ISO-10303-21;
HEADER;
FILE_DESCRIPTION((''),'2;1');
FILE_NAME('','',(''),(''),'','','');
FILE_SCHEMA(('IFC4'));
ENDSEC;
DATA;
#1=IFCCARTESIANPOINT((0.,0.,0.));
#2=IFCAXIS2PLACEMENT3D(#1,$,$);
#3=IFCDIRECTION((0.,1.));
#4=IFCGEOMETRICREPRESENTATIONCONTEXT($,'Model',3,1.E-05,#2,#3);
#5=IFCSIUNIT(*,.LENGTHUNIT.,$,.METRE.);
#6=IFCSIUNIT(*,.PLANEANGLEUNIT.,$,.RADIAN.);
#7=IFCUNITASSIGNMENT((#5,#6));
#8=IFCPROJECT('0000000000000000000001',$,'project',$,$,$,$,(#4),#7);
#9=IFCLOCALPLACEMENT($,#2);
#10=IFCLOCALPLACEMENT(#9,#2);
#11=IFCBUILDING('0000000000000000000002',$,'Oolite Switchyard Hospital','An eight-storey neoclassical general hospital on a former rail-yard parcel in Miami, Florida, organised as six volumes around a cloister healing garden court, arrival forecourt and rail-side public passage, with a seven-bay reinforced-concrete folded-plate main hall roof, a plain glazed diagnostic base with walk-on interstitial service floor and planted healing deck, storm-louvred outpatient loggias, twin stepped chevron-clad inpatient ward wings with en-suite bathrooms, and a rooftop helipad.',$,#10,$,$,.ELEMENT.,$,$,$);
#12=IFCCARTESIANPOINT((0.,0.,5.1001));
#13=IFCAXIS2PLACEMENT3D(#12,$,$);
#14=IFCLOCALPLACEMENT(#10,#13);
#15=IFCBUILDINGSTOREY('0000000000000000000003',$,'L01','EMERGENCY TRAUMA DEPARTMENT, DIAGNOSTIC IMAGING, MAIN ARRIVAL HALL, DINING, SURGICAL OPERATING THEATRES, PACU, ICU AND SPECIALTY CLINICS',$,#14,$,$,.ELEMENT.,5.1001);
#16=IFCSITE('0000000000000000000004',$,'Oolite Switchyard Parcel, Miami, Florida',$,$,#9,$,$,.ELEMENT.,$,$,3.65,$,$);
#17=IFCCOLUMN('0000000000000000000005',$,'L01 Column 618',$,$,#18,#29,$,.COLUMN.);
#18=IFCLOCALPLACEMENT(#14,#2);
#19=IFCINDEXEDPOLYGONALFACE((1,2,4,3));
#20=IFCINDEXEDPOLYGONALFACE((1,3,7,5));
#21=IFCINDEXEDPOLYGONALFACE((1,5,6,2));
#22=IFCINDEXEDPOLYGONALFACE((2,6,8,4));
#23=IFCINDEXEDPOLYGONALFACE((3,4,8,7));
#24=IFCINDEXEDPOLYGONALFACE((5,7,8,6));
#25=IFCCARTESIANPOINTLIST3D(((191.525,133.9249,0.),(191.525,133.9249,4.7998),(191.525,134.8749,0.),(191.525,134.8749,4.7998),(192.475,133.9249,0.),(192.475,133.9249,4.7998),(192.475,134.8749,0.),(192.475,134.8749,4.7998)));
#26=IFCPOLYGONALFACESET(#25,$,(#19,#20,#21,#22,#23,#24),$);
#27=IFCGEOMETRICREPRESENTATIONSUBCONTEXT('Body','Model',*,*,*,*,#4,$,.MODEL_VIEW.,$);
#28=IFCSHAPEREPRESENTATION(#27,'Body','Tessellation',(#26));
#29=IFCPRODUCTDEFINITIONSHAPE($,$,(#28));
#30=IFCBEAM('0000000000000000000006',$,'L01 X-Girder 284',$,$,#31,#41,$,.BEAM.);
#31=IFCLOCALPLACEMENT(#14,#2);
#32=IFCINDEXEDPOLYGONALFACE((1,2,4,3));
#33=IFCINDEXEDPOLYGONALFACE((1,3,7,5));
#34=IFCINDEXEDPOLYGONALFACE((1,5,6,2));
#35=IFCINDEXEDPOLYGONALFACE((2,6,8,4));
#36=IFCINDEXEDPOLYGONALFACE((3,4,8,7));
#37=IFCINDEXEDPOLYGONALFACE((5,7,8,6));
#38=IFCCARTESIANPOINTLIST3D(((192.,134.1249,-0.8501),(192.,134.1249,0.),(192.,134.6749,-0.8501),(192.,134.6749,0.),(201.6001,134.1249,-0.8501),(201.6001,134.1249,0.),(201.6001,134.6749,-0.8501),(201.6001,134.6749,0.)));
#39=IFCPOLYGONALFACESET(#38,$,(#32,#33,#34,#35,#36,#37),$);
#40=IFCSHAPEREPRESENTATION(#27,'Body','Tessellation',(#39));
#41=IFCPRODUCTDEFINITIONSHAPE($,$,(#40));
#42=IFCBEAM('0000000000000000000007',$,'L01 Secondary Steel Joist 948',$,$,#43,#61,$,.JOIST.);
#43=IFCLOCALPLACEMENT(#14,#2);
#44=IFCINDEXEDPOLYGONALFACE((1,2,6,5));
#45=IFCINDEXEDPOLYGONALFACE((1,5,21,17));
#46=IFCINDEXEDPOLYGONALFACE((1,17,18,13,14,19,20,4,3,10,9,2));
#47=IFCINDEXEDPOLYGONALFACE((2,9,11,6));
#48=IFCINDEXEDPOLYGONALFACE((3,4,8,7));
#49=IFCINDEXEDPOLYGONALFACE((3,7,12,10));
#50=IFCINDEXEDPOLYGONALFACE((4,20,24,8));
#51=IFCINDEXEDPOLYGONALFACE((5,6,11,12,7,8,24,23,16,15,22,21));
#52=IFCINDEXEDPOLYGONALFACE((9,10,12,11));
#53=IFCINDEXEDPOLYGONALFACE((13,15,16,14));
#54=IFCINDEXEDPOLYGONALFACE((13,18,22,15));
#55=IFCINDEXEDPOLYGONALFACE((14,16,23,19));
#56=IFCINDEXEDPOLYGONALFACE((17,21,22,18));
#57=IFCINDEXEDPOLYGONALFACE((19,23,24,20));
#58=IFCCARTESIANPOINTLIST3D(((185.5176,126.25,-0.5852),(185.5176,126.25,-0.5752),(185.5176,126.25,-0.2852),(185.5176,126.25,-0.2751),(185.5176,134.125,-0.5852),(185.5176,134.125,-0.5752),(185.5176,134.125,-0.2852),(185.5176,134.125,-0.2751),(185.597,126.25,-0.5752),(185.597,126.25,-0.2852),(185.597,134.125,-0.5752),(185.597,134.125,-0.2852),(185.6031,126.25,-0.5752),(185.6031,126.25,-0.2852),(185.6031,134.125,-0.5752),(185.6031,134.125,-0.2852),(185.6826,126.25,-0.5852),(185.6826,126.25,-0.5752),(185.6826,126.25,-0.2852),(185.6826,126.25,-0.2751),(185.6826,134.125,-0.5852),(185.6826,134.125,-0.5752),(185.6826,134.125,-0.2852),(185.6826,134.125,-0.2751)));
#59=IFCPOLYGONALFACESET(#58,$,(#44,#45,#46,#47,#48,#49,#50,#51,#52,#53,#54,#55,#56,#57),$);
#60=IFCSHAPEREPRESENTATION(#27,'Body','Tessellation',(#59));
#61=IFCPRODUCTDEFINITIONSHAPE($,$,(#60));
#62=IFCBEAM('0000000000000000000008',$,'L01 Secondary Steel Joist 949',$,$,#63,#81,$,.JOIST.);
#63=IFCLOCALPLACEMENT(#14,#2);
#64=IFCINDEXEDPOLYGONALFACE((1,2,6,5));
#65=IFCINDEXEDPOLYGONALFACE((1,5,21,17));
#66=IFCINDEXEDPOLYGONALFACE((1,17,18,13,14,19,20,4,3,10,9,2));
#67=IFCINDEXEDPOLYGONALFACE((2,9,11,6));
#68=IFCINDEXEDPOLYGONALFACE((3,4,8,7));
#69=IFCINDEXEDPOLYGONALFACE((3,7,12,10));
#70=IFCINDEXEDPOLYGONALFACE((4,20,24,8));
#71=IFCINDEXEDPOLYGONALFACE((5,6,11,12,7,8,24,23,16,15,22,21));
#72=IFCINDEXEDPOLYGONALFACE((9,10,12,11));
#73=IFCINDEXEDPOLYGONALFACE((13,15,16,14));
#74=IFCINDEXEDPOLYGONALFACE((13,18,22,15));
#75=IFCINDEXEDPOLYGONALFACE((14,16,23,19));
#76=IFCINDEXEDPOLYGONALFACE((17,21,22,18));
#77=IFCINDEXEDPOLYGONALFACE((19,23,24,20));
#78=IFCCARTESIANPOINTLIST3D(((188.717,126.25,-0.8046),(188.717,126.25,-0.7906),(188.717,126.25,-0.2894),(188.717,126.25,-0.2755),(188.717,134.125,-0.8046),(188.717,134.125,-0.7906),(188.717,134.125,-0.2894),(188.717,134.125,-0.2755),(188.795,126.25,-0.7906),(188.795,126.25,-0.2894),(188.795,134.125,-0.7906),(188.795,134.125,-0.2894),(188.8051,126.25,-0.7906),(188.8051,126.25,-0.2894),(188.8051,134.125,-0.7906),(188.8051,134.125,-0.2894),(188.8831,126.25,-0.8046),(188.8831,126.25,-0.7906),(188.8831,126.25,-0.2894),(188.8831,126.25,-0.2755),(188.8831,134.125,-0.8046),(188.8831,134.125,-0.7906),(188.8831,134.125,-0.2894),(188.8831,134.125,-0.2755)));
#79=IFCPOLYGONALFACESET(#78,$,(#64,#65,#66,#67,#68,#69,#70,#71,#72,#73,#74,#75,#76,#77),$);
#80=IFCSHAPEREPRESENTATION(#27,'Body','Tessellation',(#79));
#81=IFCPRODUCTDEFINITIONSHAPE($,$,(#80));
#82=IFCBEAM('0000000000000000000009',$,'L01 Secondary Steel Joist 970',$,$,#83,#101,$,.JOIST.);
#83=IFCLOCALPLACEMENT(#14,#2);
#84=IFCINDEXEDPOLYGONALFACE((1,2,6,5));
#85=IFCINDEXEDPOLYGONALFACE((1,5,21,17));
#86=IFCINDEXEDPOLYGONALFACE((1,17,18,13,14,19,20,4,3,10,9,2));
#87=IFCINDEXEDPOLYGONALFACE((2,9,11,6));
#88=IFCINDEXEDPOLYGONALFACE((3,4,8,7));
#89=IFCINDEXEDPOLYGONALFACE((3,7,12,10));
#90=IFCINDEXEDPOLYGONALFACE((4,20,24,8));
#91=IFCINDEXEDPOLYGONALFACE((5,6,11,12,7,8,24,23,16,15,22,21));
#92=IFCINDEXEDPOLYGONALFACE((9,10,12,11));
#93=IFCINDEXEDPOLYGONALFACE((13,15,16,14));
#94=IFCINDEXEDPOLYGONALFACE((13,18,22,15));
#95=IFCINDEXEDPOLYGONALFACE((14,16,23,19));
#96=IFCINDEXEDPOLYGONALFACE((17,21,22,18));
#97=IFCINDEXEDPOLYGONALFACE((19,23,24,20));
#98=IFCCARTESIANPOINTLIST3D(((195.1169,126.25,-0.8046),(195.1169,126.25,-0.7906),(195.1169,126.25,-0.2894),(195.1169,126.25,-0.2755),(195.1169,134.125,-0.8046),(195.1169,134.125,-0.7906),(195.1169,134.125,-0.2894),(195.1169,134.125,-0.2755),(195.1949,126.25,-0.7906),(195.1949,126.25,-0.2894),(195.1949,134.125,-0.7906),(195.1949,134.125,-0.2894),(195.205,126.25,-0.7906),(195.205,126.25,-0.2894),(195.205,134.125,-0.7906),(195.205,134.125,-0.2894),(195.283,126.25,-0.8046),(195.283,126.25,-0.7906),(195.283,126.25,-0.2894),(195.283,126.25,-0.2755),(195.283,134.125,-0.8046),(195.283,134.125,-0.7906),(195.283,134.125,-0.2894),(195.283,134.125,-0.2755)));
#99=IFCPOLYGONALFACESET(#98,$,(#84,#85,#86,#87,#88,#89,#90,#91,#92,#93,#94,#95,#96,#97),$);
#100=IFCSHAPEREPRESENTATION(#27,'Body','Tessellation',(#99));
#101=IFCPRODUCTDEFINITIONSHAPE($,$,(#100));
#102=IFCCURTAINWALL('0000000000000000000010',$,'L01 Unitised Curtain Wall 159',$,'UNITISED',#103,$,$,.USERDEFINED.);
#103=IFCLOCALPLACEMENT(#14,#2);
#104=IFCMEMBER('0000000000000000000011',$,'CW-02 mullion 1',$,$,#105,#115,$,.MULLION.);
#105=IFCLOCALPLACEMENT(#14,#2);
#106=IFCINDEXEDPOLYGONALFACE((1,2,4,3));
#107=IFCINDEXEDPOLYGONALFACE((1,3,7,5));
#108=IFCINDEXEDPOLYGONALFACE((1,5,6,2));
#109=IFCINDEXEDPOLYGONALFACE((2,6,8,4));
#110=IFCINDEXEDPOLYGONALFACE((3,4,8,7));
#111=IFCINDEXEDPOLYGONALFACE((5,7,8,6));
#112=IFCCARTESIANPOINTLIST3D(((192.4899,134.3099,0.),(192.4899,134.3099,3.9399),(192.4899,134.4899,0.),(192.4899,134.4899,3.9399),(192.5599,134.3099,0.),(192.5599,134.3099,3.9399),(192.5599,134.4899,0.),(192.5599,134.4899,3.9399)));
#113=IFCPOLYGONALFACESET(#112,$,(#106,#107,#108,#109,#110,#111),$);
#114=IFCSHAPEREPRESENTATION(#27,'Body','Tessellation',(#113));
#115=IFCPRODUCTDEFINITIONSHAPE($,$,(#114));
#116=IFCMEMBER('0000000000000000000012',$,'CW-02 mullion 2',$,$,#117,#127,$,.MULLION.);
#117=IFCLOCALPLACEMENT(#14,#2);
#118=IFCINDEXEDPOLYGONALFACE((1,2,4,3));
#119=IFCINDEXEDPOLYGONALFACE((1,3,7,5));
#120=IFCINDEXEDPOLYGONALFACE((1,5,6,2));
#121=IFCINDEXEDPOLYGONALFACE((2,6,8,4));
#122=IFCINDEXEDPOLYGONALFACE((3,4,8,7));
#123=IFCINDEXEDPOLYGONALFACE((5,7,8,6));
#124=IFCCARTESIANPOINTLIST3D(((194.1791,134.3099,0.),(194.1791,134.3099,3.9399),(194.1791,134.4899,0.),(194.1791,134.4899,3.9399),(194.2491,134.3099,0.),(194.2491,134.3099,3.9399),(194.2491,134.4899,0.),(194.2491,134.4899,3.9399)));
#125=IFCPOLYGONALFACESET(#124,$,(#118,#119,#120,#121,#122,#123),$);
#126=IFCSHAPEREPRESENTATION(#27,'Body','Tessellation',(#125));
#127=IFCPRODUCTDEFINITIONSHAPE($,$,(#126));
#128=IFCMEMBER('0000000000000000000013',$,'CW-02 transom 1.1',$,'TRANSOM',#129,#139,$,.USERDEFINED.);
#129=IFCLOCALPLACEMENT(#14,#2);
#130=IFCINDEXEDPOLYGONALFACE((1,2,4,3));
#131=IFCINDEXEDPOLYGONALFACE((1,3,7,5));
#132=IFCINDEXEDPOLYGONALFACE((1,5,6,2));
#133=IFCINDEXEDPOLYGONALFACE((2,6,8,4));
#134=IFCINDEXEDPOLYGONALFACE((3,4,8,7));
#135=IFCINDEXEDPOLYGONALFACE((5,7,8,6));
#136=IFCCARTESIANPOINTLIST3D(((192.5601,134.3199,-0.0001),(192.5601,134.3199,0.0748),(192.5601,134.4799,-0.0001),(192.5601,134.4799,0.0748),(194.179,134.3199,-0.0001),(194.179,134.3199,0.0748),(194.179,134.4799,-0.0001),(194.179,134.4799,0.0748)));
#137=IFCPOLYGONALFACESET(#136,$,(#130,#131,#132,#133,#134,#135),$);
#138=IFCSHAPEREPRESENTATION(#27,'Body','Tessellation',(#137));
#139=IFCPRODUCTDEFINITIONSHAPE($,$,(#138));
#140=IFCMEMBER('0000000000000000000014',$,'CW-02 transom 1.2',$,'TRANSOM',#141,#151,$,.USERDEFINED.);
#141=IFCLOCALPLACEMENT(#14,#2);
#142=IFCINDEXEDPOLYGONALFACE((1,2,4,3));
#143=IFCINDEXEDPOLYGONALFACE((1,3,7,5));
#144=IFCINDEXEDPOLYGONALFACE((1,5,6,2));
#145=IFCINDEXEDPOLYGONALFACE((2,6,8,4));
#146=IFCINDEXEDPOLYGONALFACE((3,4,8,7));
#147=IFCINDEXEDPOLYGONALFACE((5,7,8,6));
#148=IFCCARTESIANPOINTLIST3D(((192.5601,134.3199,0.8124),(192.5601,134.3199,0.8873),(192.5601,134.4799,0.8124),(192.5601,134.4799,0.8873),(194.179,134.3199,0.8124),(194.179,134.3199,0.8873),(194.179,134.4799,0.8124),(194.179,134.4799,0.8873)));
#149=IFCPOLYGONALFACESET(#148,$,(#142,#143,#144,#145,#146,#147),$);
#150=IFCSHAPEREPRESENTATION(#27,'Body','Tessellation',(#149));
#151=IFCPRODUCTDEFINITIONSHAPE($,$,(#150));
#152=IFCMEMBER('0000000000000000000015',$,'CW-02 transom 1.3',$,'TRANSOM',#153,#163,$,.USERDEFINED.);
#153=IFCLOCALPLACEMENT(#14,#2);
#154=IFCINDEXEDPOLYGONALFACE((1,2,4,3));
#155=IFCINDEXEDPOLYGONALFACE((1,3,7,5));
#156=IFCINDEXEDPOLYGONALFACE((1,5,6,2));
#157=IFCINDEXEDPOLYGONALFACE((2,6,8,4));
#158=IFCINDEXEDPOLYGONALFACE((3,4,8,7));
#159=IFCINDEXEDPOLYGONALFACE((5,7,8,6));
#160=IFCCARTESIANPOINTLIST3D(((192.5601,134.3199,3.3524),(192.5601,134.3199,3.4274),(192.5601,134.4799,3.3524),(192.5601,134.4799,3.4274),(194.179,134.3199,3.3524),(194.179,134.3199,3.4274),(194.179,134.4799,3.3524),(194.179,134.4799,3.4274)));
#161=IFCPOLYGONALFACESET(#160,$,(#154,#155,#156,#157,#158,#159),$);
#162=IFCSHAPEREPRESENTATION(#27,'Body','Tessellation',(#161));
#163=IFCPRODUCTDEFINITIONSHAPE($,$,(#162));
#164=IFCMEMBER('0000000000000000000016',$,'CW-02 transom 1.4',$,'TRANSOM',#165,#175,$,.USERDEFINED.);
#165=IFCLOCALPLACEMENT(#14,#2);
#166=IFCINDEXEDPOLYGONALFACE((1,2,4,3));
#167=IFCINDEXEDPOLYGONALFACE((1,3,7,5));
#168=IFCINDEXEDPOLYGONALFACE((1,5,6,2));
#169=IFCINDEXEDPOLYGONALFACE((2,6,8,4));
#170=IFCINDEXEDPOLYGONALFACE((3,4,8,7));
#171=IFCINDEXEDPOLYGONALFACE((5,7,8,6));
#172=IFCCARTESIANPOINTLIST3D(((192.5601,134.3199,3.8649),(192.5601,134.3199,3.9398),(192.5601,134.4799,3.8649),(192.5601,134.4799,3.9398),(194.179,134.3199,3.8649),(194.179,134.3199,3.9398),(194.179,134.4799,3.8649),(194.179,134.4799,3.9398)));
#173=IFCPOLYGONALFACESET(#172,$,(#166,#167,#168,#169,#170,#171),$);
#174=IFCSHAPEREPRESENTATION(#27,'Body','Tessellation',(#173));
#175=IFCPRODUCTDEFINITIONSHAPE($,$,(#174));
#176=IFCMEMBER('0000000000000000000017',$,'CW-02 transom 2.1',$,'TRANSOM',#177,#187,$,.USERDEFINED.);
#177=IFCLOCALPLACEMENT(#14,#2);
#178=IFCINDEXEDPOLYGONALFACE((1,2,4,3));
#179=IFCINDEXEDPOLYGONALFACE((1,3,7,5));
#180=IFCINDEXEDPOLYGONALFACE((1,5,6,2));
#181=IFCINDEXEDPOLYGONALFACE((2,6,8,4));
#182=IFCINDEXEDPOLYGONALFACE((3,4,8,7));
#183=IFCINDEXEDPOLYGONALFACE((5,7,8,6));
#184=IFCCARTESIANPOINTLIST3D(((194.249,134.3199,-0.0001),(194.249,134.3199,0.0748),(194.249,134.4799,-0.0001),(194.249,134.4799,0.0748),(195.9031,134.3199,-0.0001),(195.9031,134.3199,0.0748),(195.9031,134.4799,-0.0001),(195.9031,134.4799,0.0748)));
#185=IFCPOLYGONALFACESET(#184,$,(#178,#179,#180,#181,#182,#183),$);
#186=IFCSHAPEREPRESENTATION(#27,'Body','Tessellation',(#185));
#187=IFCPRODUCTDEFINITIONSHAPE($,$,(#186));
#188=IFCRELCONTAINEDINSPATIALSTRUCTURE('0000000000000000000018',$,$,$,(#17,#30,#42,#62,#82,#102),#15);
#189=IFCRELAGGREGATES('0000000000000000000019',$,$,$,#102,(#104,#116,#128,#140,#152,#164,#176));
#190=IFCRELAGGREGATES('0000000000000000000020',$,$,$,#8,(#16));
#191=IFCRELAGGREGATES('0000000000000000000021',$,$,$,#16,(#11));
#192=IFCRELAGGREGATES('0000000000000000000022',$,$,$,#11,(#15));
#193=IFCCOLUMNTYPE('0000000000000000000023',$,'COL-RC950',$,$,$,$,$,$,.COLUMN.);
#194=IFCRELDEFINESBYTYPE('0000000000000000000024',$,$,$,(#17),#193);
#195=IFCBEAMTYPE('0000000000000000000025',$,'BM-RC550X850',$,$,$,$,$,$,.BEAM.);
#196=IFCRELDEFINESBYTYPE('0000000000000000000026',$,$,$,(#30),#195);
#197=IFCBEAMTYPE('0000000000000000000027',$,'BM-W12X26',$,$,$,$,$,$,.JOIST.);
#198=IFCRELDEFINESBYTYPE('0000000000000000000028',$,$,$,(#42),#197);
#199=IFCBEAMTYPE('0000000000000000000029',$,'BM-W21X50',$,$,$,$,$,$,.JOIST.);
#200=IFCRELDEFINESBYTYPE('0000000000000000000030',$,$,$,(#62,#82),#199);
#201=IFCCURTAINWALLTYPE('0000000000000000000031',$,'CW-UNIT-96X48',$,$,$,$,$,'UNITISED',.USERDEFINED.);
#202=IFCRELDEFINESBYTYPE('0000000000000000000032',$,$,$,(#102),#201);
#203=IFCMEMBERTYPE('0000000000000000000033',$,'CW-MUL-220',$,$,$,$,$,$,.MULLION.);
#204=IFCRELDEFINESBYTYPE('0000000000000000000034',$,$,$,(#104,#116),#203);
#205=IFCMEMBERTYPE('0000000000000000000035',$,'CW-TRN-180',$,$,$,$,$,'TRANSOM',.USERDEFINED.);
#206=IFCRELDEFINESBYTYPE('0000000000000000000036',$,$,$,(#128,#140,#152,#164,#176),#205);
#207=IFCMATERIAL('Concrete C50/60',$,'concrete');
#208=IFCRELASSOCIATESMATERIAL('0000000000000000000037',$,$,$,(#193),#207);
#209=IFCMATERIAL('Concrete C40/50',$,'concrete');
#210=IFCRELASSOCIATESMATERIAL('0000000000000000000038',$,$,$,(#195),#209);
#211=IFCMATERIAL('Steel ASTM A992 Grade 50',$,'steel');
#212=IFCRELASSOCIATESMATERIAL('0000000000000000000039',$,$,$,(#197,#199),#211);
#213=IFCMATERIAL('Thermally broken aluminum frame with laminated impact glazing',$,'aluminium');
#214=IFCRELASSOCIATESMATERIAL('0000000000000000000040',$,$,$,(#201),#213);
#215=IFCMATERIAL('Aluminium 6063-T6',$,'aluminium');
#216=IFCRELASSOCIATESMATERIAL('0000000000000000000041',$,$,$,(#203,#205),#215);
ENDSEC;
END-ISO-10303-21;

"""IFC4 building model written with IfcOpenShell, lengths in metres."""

from ifc_helpers import new_model, si_unit, direction, frame, origin, origin_2d, place, context, subcontext, project, spatial, rectangle, i_section, extrude, material, material_profile, profile_set, type_object, element, aggregate, save


model = new_model("IFC4")

# Units and contexts
model_context = context("Model", 3, precision=1e-05, world=origin(), true_north=direction((0.0, 1.0)))
body_context = subcontext(model_context, "Body", "Model", "MODEL_VIEW")
ifc_project = project(units=[si_unit("LENGTHUNIT", "METRE"), si_unit("PLANEANGLEUNIT", "RADIAN")], contexts=[model_context])

# Site, building, storey
site_placement = place(None, origin())
site = spatial("IfcSite", under=ifc_project, at=site_placement, Name="Oolite Switchyard Parcel, Miami, Florida", CompositionType="ELEMENT", RefElevation=3.65)
building_placement = place(site_placement, origin())
building = spatial("IfcBuilding", under=site, at=building_placement, Name="Oolite Switchyard Hospital", Description="An eight-storey neoclassical general hospital on a former rail-yard parcel in Miami, Florida, organised as six volumes around a cloister healing garden court, arrival forecourt and rail-side public passage, with a seven-bay reinforced-concrete folded-plate main hall roof, a plain glazed diagnostic base with walk-on interstitial service floor and planted healing deck, storm-louvred outpatient loggias, twin stepped chevron-clad inpatient ward wings with en-suite bathrooms, and a rooftop helipad.", CompositionType="ELEMENT")
storey_placement = place(building_placement, frame((0.0, 0.0, 5.1001)))
storey = spatial("IfcBuildingStorey", under=building, at=storey_placement, Name="L01", Description="EMERGENCY TRAUMA DEPARTMENT, DIAGNOSTIC IMAGING, MAIN ARRIVAL HALL, DINING, SURGICAL OPERATING THEATRES, PACU, ICU AND SPECIALTY CLINICS", CompositionType="ELEMENT", Elevation=5.1001)

# Column
ifc_material_1 = material(Name="Concrete C50/60", Category="concrete")
ifc_material_profile_1 = material_profile(ifc_material_1, rectangle(XDim=0.95, YDim=0.95, at=origin_2d()), Name="RC950X950")
ifc_profile_set_1 = profile_set([ifc_material_profile_1], Name="Concrete C50/60")
column_type = type_object("IfcColumnType", Name="COL-RC950", PredefinedType="COLUMN", material=ifc_profile_set_1)
column_placement = place(storey_placement, frame((192.0, 134.3999, 0.0), z_axis=(0.0, 0.0, 1.0), x_axis=(1.0, 0.0, 0.0)))
element("IfcColumn", 1, at=column_placement, inside=storey, type_object=column_type, Name="L01 Column 618", PredefinedType="COLUMN", context=body_context, shape_type="SweptSolid", body=[
    extrude(rectangle(XDim=0.95, YDim=0.95, at=origin_2d()), origin(), (0.0, 0.0, 1.0), 4.7998),
])

# Beams
ifc_material_2 = material(Name="Concrete C40/50", Category="concrete")
ifc_material_profile_2 = material_profile(ifc_material_2, rectangle(XDim=0.55, YDim=0.8501, at=origin_2d()), Name="RCB550X850")
ifc_profile_set_2 = profile_set([ifc_material_profile_2], Name="Concrete C40/50")
beam_type_1 = type_object("IfcBeamType", Name="BM-RC550X850", PredefinedType="BEAM", material=ifc_profile_set_2)
beam_1_placement = place(storey_placement, frame((192.0, 134.3999, -0.425), z_axis=(1.0, 0.0, 0.0), x_axis=(0.0, 1.0, 0.0)))
element("IfcBeam", 2, at=beam_1_placement, inside=storey, type_object=beam_type_1, Name="L01 X-Girder 284", PredefinedType="BEAM", context=body_context, shape_type="SweptSolid", body=[
    extrude(rectangle(XDim=0.55, YDim=0.8501, at=origin_2d()), origin(), (0.0, 0.0, 1.0), 9.6001),
])
ifc_material_3 = material(Name="Steel ASTM A992 Grade 50", Category="steel")
ifc_material_profile_3 = material_profile(ifc_material_3, i_section(OverallWidth=0.165, OverallDepth=0.3101, WebThickness=0.0061, FlangeThickness=0.01, at=origin_2d()), Name="W12X26")
ifc_profile_set_3 = profile_set([ifc_material_profile_3], Name="Steel ASTM A992 Grade 50")
beam_type_2 = type_object("IfcBeamType", Name="BM-W12X26", PredefinedType="JOIST", material=ifc_profile_set_3)
beam_2_placement = place(storey_placement, frame((185.6001, 126.25, -0.4302), z_axis=(0.0, 1.0, 0.0), x_axis=(-1.0, 0.0, 0.0)))
element("IfcBeam", 3, at=beam_2_placement, inside=storey, type_object=beam_type_2, Name="L01 Secondary Steel Joist 948", PredefinedType="JOIST", context=body_context, shape_type="SweptSolid", body=[
    extrude(i_section(OverallWidth=0.165, OverallDepth=0.3101, WebThickness=0.0061, FlangeThickness=0.01, at=origin_2d()), origin(), (0.0, 0.0, 1.0), 7.875),
])
ifc_material_profile_4 = material_profile(ifc_material_3, i_section(OverallWidth=0.166, OverallDepth=0.5291, WebThickness=0.01, FlangeThickness=0.0139, at=origin_2d()), Name="W21X50")
ifc_profile_set_4 = profile_set([ifc_material_profile_4], Name="Steel ASTM A992 Grade 50")
beam_type_3 = type_object("IfcBeamType", Name="BM-W21X50", PredefinedType="JOIST", material=ifc_profile_set_4)
for number, where, z_axis, x_axis, name in (
    (4, (188.8, 126.25, -0.54), (0.0, 1.0, 0.0), (-1.0, 0.0, 0.0), "L01 Secondary Steel Joist 949"),
    (5, (195.2, 126.25, -0.54), (0.0, 1.0, 0.0), (-1.0, 0.0, 0.0), "L01 Secondary Steel Joist 970"),
):
    element("IfcBeam", number, at=place(storey_placement, frame(where, z_axis=z_axis, x_axis=x_axis)), inside=storey, type_object=beam_type_3, Name=name, PredefinedType="JOIST", context=body_context, shape_type="SweptSolid", body=[
        extrude(i_section(OverallWidth=0.166, OverallDepth=0.5291, WebThickness=0.01, FlangeThickness=0.0139, at=origin_2d()), origin(), (0.0, 0.0, 1.0), 7.875),
    ])

# Curtain wall, members
ifc_material_4 = material(Name="Thermally broken aluminum frame with laminated impact glazing", Category="aluminium")
curtain_wall_type = type_object("IfcCurtainWallType", Name="CW-UNIT-96X48", ElementType="UNITISED", PredefinedType="USERDEFINED", material=ifc_material_4)
curtain_wall_placement = place(storey_placement, origin())
curtain_wall = element("IfcCurtainWall", 6, at=curtain_wall_placement, inside=storey, type_object=curtain_wall_type, Name="L01 Unitised Curtain Wall 159", ObjectType="UNITISED", PredefinedType="USERDEFINED")
ifc_material_5 = material(Name="Aluminium 6063-T6", Category="aluminium")
ifc_material_profile_5 = material_profile(ifc_material_5, rectangle(XDim=0.1799, YDim=0.0701, at=origin_2d()), Name="CWM70X180")
ifc_profile_set_5 = profile_set([ifc_material_profile_5], Name="Aluminium 6063-T6")
member_type_1 = type_object("IfcMemberType", Name="CW-MUL-220", PredefinedType="MULLION", material=ifc_profile_set_5)
member_1_placement = place(storey_placement, frame((192.5249, 134.3999, 0.0), z_axis=(0.0, 0.0, 1.0), x_axis=(0.0, 1.0, 0.0)))
member_1 = element("IfcMember", 7, at=member_1_placement, type_object=member_type_1, Name="CW-02 mullion 1", PredefinedType="MULLION", context=body_context, shape_type="SweptSolid", body=[
    extrude(rectangle(XDim=0.1799, YDim=0.0701, at=origin_2d()), origin(), (0.0, 0.0, 1.0), 3.9399),
])
member_2_placement = place(storey_placement, frame((194.2141, 134.3999, 0.0), z_axis=(0.0, 0.0, 1.0), x_axis=(0.0, 1.0, 0.0)))
member_2 = element("IfcMember", 8, at=member_2_placement, type_object=member_type_1, Name="CW-02 mullion 2", PredefinedType="MULLION", context=body_context, shape_type="SweptSolid", body=[
    extrude(rectangle(XDim=0.1799, YDim=0.0701, at=origin_2d()), origin(), (0.0, 0.0, 1.0), 3.9399),
])
ifc_material_profile_6 = material_profile(ifc_material_5, rectangle(XDim=0.1599, YDim=0.075, at=origin_2d()), Name="CWT75X160")
ifc_profile_set_6 = profile_set([ifc_material_profile_6], Name="Aluminium 6063-T6")
member_type_2 = type_object("IfcMemberType", Name="CW-TRN-180", ElementType="TRANSOM", PredefinedType="USERDEFINED", material=ifc_profile_set_6)
member_3_placement = place(storey_placement, frame((192.5601, 134.3999, 0.0374), z_axis=(1.0, 0.0, 0.0), x_axis=(0.0, 1.0, 0.0)))
member_3 = element("IfcMember", 9, at=member_3_placement, type_object=member_type_2, Name="CW-02 transom 1.1", ObjectType="TRANSOM", PredefinedType="USERDEFINED", context=body_context, shape_type="SweptSolid", body=[
    extrude(rectangle(XDim=0.1599, YDim=0.075, at=origin_2d()), origin(), (0.0, 0.0, 1.0), 1.6189),
])
member_4_placement = place(storey_placement, frame((192.5601, 134.3999, 0.8499), z_axis=(1.0, 0.0, 0.0), x_axis=(0.0, 1.0, 0.0)))
member_4 = element("IfcMember", 10, at=member_4_placement, type_object=member_type_2, Name="CW-02 transom 1.2", ObjectType="TRANSOM", PredefinedType="USERDEFINED", context=body_context, shape_type="SweptSolid", body=[
    extrude(rectangle(XDim=0.1599, YDim=0.075, at=origin_2d()), origin(), (0.0, 0.0, 1.0), 1.6189),
])
member_5_placement = place(storey_placement, frame((192.5601, 134.3999, 3.3899), z_axis=(1.0, 0.0, 0.0), x_axis=(0.0, 1.0, 0.0)))
member_5 = element("IfcMember", 11, at=member_5_placement, type_object=member_type_2, Name="CW-02 transom 1.3", ObjectType="TRANSOM", PredefinedType="USERDEFINED", context=body_context, shape_type="SweptSolid", body=[
    extrude(rectangle(XDim=0.1599, YDim=0.075, at=origin_2d()), origin(), (0.0, 0.0, 1.0), 1.6189),
])
member_6_placement = place(storey_placement, frame((192.5601, 134.3999, 3.9023), z_axis=(1.0, 0.0, 0.0), x_axis=(0.0, 1.0, 0.0)))
member_6 = element("IfcMember", 12, at=member_6_placement, type_object=member_type_2, Name="CW-02 transom 1.4", ObjectType="TRANSOM", PredefinedType="USERDEFINED", context=body_context, shape_type="SweptSolid", body=[
    extrude(rectangle(XDim=0.1599, YDim=0.075, at=origin_2d()), origin(), (0.0, 0.0, 1.0), 1.6189),
])
member_7_placement = place(storey_placement, frame((194.249, 134.3999, 0.0374), z_axis=(1.0, 0.0, 0.0), x_axis=(0.0, 1.0, 0.0)))
member_7 = element("IfcMember", 13, at=member_7_placement, type_object=member_type_2, Name="CW-02 transom 2.1", ObjectType="TRANSOM", PredefinedType="USERDEFINED", context=body_context, shape_type="SweptSolid", body=[
    extrude(rectangle(XDim=0.1599, YDim=0.075, at=origin_2d()), origin(), (0.0, 0.0, 1.0), 1.6541),
])

aggregate(curtain_wall, [member_1, member_2, member_3, member_4, member_5, member_6, member_7])

save(model, "model.ifc")
